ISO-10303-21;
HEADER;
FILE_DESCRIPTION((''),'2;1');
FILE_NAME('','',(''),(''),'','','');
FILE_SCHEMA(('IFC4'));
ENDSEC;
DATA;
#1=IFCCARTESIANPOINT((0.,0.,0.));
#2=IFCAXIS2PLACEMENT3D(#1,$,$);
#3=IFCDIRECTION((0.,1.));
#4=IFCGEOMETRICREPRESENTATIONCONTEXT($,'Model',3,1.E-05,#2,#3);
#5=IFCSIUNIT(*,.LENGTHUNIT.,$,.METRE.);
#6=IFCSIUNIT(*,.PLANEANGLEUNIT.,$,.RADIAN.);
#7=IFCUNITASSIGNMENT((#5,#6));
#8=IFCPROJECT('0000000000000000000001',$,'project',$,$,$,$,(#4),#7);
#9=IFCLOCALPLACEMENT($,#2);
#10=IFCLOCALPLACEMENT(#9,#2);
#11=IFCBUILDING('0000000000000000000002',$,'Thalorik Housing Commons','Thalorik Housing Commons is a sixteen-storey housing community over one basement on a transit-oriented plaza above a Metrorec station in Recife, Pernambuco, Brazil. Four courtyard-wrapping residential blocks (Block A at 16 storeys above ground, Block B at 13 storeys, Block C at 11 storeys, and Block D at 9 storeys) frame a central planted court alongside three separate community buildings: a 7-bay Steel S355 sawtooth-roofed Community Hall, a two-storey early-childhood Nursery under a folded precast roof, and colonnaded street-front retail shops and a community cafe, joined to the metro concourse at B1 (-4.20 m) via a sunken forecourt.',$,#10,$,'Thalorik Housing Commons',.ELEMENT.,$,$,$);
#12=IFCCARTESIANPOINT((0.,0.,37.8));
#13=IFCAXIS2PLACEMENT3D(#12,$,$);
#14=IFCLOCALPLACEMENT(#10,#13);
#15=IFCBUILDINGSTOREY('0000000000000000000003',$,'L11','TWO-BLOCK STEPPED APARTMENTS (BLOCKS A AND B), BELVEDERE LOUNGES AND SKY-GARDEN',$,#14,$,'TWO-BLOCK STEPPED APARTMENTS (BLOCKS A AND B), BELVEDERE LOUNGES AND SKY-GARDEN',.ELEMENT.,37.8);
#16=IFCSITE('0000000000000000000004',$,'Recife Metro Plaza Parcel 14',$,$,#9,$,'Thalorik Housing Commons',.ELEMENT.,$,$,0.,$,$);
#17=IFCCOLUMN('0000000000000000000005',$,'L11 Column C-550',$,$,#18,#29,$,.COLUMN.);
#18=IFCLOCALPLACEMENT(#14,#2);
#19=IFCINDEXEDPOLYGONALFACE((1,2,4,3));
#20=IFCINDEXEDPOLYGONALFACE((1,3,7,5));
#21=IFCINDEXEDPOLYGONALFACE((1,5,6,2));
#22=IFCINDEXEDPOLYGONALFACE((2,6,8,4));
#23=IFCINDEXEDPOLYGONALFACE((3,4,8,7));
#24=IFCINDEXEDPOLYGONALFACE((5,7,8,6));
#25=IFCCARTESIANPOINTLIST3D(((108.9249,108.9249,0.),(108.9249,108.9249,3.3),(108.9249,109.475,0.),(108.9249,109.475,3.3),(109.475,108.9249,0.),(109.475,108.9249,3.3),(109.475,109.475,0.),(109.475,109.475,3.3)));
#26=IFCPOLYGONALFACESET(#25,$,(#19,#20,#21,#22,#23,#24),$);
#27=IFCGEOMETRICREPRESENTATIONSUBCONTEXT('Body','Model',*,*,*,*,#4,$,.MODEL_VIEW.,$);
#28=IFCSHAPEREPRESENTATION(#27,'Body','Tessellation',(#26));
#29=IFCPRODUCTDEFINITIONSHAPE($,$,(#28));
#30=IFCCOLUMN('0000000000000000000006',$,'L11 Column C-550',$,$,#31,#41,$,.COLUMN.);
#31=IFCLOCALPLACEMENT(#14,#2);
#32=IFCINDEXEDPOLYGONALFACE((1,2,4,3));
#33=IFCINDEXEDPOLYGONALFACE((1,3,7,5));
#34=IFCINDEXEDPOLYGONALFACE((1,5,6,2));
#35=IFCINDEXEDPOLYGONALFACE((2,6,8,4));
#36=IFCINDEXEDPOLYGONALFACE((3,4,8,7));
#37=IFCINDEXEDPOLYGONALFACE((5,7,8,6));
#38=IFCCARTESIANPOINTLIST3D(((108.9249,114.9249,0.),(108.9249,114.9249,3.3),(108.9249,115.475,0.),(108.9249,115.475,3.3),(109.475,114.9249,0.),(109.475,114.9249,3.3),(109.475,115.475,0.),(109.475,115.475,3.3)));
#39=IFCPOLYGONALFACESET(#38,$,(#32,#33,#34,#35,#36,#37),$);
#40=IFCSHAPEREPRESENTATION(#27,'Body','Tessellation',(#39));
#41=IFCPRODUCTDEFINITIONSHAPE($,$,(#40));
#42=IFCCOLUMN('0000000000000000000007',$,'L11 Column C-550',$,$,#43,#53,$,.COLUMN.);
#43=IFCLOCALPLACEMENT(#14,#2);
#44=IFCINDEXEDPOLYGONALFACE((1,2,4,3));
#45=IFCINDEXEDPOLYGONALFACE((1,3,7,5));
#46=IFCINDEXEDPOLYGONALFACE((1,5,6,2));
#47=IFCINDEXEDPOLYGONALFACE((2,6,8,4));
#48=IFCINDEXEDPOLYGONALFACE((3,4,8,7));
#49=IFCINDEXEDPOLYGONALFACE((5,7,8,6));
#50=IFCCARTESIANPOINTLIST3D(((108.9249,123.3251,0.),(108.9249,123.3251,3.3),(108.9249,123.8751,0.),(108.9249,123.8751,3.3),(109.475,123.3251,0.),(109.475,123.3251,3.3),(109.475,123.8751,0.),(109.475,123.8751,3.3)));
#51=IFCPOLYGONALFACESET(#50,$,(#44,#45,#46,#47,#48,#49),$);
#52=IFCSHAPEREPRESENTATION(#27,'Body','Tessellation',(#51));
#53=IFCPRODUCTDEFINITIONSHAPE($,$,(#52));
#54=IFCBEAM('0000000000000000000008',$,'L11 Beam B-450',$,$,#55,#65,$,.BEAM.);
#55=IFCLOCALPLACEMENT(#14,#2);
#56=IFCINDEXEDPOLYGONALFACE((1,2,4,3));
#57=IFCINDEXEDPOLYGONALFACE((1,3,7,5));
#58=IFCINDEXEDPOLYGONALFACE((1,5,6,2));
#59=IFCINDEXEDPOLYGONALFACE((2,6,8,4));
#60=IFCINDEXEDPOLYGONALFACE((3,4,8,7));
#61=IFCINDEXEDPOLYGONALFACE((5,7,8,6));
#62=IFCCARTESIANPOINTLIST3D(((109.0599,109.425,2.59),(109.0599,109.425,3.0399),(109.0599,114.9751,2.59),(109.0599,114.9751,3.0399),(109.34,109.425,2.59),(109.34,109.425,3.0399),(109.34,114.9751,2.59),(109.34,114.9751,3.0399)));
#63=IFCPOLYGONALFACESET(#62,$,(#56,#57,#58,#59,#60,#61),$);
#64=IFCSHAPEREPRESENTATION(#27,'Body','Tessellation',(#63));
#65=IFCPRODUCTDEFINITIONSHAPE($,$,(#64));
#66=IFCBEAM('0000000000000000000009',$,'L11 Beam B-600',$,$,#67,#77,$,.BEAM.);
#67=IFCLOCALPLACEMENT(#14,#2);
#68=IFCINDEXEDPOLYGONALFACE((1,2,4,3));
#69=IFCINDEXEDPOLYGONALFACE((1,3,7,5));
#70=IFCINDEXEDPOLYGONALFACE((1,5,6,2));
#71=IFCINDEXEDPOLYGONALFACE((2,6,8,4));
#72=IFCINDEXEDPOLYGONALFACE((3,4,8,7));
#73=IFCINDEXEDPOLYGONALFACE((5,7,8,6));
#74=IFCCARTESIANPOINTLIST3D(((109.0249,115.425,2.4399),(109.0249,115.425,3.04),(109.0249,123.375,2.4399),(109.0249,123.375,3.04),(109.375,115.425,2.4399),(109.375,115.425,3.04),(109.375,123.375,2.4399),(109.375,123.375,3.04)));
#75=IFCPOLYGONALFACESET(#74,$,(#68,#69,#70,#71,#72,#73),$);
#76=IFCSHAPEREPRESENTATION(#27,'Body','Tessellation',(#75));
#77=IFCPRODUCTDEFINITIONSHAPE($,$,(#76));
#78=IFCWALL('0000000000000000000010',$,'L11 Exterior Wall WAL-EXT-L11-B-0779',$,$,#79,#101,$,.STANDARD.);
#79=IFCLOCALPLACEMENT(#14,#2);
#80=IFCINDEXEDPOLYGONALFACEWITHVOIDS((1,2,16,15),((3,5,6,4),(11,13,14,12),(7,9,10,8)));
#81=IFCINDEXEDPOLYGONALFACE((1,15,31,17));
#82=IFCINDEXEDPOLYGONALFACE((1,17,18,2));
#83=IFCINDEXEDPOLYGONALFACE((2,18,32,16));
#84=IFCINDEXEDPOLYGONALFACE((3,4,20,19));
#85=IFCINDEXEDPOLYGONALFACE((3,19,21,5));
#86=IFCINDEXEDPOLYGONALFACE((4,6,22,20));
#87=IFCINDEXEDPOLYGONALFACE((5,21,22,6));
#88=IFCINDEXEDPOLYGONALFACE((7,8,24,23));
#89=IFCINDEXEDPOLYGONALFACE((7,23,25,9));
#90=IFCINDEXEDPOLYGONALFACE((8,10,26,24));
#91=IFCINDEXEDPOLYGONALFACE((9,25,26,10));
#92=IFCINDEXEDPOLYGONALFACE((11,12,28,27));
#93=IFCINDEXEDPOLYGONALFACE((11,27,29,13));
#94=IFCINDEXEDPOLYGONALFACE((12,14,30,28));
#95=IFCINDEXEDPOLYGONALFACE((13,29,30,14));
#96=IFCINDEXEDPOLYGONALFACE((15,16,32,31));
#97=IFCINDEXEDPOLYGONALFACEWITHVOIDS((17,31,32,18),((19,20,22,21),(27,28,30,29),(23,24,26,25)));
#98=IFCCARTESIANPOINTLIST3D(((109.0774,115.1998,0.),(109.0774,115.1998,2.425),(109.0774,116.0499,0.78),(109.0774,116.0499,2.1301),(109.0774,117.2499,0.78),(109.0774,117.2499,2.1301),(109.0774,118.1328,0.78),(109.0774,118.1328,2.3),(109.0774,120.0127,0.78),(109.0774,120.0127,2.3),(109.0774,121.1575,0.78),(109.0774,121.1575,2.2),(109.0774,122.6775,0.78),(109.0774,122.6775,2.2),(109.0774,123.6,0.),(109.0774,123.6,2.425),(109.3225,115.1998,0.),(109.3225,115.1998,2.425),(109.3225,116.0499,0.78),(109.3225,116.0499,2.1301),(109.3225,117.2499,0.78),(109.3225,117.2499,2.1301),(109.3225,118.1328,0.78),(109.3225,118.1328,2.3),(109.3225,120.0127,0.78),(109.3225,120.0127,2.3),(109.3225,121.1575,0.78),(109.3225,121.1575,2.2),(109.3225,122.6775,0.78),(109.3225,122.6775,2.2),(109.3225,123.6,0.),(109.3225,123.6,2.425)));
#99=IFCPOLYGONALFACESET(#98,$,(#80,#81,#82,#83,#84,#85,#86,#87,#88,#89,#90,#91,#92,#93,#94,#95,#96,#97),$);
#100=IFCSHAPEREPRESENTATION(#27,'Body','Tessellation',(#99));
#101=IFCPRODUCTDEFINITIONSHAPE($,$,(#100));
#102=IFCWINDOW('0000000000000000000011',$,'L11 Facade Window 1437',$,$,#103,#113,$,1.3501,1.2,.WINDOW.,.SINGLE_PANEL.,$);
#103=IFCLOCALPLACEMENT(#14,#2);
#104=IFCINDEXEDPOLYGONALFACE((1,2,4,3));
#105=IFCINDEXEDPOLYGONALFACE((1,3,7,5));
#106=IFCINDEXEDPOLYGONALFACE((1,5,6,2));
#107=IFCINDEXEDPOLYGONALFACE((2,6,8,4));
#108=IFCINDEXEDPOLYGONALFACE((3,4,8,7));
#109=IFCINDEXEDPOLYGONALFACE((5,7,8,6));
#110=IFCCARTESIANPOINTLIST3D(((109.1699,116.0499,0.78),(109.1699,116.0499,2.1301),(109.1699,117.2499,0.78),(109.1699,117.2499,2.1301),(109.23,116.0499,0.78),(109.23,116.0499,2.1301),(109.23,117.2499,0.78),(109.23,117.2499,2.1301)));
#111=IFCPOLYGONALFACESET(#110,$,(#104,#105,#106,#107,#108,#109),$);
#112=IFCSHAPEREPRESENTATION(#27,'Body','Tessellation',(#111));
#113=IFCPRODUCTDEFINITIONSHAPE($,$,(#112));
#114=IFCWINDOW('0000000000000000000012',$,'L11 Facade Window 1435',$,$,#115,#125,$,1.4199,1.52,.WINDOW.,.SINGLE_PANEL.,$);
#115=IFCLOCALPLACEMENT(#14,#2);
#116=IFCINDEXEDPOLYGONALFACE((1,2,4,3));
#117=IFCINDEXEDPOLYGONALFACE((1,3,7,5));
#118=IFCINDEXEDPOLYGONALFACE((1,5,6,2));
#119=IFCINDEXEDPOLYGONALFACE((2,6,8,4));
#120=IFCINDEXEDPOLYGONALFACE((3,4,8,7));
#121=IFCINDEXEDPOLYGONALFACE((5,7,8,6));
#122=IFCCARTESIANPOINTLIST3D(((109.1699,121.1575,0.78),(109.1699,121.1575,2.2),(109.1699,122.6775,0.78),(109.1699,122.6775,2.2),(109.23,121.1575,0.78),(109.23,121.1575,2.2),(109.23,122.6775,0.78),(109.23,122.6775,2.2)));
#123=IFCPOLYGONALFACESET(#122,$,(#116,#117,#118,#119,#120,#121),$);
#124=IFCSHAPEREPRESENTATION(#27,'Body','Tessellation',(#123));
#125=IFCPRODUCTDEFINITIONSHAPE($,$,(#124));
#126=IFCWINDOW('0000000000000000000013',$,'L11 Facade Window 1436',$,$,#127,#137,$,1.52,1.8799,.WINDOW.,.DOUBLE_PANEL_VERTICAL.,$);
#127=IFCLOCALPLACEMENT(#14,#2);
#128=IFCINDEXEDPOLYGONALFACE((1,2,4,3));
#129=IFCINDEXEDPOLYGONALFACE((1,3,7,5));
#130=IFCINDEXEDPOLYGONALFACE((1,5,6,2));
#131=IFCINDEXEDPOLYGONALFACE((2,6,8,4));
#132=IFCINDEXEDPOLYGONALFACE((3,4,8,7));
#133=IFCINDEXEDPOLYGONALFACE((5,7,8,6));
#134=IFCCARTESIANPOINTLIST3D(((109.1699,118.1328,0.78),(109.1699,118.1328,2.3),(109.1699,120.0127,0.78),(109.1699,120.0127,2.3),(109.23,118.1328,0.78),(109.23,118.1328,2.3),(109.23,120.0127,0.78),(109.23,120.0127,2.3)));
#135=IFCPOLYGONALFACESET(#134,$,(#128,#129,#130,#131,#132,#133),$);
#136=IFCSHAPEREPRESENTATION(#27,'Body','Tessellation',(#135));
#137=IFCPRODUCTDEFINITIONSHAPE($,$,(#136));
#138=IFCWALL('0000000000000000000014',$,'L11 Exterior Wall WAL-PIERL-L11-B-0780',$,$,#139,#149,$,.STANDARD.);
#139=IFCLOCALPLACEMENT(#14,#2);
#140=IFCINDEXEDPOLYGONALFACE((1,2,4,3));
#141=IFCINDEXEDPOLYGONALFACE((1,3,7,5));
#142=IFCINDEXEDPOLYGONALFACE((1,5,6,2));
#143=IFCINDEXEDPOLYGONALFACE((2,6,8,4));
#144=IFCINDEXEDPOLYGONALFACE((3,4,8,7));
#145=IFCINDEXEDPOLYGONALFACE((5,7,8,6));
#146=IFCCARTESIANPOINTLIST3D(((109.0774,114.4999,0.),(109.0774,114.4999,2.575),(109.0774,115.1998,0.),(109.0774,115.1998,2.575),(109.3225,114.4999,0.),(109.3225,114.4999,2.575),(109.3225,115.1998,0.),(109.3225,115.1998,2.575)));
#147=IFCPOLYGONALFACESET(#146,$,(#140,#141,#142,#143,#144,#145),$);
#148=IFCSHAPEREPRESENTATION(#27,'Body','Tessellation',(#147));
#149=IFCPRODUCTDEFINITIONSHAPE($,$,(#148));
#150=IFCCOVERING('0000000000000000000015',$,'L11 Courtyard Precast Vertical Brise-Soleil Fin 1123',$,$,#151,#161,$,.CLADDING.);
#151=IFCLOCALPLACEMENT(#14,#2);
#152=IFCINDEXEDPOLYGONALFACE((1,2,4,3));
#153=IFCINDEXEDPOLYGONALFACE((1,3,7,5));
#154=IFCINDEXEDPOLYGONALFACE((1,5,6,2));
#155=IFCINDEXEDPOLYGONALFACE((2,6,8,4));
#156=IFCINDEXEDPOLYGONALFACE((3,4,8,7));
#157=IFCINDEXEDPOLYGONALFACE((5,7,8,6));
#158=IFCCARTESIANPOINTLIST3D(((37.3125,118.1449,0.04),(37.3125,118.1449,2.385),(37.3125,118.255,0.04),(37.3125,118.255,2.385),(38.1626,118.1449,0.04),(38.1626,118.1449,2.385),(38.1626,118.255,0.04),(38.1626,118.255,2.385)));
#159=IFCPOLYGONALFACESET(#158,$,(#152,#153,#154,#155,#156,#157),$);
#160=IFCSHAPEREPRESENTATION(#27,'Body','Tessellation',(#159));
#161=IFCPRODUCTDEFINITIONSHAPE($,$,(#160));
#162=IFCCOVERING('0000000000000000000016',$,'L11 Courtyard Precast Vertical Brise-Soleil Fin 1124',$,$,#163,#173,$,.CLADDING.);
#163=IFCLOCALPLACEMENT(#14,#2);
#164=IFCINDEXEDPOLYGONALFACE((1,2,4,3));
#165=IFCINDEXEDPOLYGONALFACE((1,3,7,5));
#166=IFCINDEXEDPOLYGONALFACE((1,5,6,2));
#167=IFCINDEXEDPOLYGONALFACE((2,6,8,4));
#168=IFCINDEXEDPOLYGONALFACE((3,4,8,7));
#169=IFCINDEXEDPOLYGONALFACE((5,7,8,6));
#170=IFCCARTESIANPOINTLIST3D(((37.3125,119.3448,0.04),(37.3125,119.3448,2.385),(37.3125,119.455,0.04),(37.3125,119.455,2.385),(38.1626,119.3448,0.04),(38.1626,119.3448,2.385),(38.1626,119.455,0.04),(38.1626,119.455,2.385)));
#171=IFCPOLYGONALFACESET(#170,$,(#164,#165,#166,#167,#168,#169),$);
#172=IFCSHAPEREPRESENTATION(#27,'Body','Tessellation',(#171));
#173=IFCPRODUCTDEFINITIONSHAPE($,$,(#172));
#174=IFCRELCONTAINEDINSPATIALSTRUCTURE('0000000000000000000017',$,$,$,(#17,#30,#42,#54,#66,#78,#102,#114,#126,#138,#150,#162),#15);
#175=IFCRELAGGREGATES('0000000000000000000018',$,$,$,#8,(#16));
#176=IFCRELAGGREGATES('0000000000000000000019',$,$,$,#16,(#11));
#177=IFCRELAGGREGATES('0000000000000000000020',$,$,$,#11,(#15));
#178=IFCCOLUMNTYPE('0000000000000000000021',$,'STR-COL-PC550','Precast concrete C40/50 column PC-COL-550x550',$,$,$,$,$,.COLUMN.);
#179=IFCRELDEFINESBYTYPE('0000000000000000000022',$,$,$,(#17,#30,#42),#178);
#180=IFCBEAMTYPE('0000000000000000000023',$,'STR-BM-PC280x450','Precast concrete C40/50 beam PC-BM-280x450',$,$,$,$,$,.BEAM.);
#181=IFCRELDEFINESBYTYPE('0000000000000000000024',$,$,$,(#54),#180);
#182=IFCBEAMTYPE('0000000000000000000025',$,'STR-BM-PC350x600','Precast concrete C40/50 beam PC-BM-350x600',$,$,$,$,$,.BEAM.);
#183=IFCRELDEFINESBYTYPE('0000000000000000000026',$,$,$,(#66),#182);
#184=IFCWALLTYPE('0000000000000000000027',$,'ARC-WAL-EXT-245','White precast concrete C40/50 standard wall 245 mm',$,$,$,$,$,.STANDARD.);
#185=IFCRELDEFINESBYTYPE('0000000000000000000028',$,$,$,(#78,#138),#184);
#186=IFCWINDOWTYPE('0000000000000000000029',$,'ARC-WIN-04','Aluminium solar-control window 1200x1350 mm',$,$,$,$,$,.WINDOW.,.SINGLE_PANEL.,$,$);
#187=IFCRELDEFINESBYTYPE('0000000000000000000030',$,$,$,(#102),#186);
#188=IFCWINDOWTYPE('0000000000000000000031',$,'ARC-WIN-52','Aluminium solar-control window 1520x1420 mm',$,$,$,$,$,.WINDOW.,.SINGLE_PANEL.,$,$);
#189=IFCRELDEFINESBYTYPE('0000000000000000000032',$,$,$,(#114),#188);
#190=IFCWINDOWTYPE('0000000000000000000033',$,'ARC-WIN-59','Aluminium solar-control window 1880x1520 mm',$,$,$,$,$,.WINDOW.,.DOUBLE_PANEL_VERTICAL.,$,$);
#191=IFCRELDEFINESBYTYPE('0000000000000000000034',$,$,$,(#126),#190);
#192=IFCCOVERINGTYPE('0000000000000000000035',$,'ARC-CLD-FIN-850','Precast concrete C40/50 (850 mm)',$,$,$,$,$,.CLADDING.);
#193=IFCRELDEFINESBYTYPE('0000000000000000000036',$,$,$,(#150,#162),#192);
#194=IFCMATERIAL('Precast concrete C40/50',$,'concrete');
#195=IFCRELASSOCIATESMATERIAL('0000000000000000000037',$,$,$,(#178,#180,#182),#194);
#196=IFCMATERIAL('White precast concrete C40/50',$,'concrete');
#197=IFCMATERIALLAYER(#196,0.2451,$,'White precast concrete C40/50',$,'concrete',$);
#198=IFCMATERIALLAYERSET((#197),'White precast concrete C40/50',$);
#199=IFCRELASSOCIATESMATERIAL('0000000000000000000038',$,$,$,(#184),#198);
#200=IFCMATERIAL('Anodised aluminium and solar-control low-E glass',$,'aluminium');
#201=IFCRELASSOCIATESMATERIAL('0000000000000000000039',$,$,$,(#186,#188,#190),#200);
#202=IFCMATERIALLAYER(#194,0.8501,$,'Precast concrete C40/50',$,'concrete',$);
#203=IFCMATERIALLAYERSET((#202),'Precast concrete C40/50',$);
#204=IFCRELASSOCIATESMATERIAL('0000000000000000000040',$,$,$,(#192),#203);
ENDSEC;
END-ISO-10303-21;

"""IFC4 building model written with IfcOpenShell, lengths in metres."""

from ifc_helpers import new_model, si_unit, direction, frame, frame_2d, origin, origin_2d, place, context, subcontext, project, spatial, rectangle, extrude, material, layer, layer_set, material_profile, profile_set, type_object, element, fill, save


model = new_model("IFC4")

# Units and contexts
model_context = context("Model", 3, precision=1e-05, world=origin(), true_north=direction((0.0, 1.0)))
body_context = subcontext(model_context, "Body", "Model", "MODEL_VIEW")
ifc_project = project(units=[si_unit("LENGTHUNIT", "METRE"), si_unit("PLANEANGLEUNIT", "RADIAN")], contexts=[model_context])

# Site, building, storey
site_placement = place(None, origin())
site = spatial("IfcSite", under=ifc_project, at=site_placement, Name="Recife Metro Plaza Parcel 14", LongName="Thalorik Housing Commons", CompositionType="ELEMENT", RefElevation=0.0)
building_placement = place(site_placement, origin())
building = spatial("IfcBuilding", under=site, at=building_placement, Name="Thalorik Housing Commons", Description="Thalorik Housing Commons is a sixteen-storey housing community over one basement on a transit-oriented plaza above a Metrorec station in Recife, Pernambuco, Brazil. Four courtyard-wrapping residential blocks (Block A at 16 storeys above ground, Block B at 13 storeys, Block C at 11 storeys, and Block D at 9 storeys) frame a central planted court alongside three separate community buildings: a 7-bay Steel S355 sawtooth-roofed Community Hall, a two-storey early-childhood Nursery under a folded precast roof, and colonnaded street-front retail shops and a community cafe, joined to the metro concourse at B1 (-4.20 m) via a sunken forecourt.", LongName="Thalorik Housing Commons", CompositionType="ELEMENT")
storey_placement = place(building_placement, frame((0.0, 0.0, 37.8)))
storey = spatial("IfcBuildingStorey", under=building, at=storey_placement, Name="L11", Description="TWO-BLOCK STEPPED APARTMENTS (BLOCKS A AND B), BELVEDERE LOUNGES AND SKY-GARDEN", LongName="TWO-BLOCK STEPPED APARTMENTS (BLOCKS A AND B), BELVEDERE LOUNGES AND SKY-GARDEN", CompositionType="ELEMENT", Elevation=37.8)

# Columns
ifc_material_1 = material(Name="Precast concrete C40/50", Category="concrete")
ifc_material_profile_1 = material_profile(ifc_material_1, rectangle(XDim=0.55, YDim=0.55, at=origin_2d()), Name="PC 550x550", Category="concrete")
ifc_profile_set_1 = profile_set([ifc_material_profile_1], Name="Precast concrete C40/50")
column_type = type_object("IfcColumnType", Name="STR-COL-PC550", Description="Precast concrete C40/50 column PC-COL-550x550", PredefinedType="COLUMN", material=ifc_profile_set_1)
for number, where, z_axis, x_axis, name in (
    (1, (109.2, 109.2, 0.0), (0.0, 0.0, 1.0), (1.0, 0.0, 0.0), "L11 Column C-550"),
    (2, (109.2, 115.2, 0.0), (0.0, 0.0, 1.0), (1.0, 0.0, 0.0), "L11 Column C-550"),
    (3, (109.2, 123.6001, 0.0), (0.0, 0.0, 1.0), (1.0, 0.0, 0.0), "L11 Column C-550"),
):
    element("IfcColumn", number, at=place(storey_placement, frame(where, z_axis=z_axis, x_axis=x_axis)), inside=storey, type_object=column_type, Name=name, PredefinedType="COLUMN", context=body_context, shape_type="SweptSolid", body=[
        extrude(rectangle(XDim=0.55, YDim=0.55, at=origin_2d()), origin(), (0.0, 0.0, 1.0), 3.3),
    ])

# Beams
ifc_material_profile_2 = material_profile(ifc_material_1, rectangle(XDim=0.28, YDim=0.45, at=origin_2d()), Name="PC 280x450", Category="concrete")
ifc_profile_set_2 = profile_set([ifc_material_profile_2], Name="Precast concrete C40/50")
beam_type_1 = type_object("IfcBeamType", Name="STR-BM-PC280x450", Description="Precast concrete C40/50 beam PC-BM-280x450", PredefinedType="BEAM", material=ifc_profile_set_2)
beam_1_placement = place(storey_placement, frame((109.2, 109.425, 2.8149), z_axis=(0.0, 1.0, 0.0), x_axis=(-1.0, 0.0, 0.0)))
element("IfcBeam", 4, at=beam_1_placement, inside=storey, type_object=beam_type_1, Name="L11 Beam B-450", PredefinedType="BEAM", context=body_context, shape_type="SweptSolid", body=[
    extrude(rectangle(XDim=0.28, YDim=0.45, at=origin_2d()), origin(), (0.0, 0.0, 1.0), 5.55),
])
ifc_material_profile_3 = material_profile(ifc_material_1, rectangle(XDim=0.3501, YDim=0.6001, at=origin_2d()), Name="PC 350x600", Category="concrete")
ifc_profile_set_3 = profile_set([ifc_material_profile_3], Name="Precast concrete C40/50")
beam_type_2 = type_object("IfcBeamType", Name="STR-BM-PC350x600", Description="Precast concrete C40/50 beam PC-BM-350x600", PredefinedType="BEAM", material=ifc_profile_set_3)
beam_2_placement = place(storey_placement, frame((109.2, 115.425, 2.74), z_axis=(0.0, 1.0, 0.0), x_axis=(-1.0, 0.0, 0.0)))
element("IfcBeam", 5, at=beam_2_placement, inside=storey, type_object=beam_type_2, Name="L11 Beam B-600", PredefinedType="BEAM", context=body_context, shape_type="SweptSolid", body=[
    extrude(rectangle(XDim=0.3501, YDim=0.6001, at=origin_2d()), origin(), (0.0, 0.0, 1.0), 7.95),
])

# Wall, openings, windows
ifc_material_2 = material(Name="White precast concrete C40/50", Category="concrete")
ifc_layer_1 = layer(ifc_material_2, 0.2451, Name="White precast concrete C40/50", Category="concrete")
ifc_layer_set_1 = layer_set([ifc_layer_1], Name="White precast concrete C40/50")
wall_type = type_object("IfcWallType", Name="ARC-WAL-EXT-245", Description="White precast concrete C40/50 standard wall 245 mm", PredefinedType="STANDARD", material=ifc_layer_set_1)
wall_1_placement = place(storey_placement, frame((109.2, 123.6001, 0.0), z_axis=(0.0, 0.0, 1.0), x_axis=(0.0, -1.0, 0.0)))
wall_1 = element("IfcWall", 6, at=wall_1_placement, inside=storey, type_object=wall_type, Name="L11 Exterior Wall WAL-EXT-L11-B-0779", PredefinedType="STANDARD", context=body_context, shape_type="SweptSolid", body=[
    extrude(rectangle(XDim=8.4001, YDim=0.2451, at=frame_2d((4.2002, 0.0))), origin(), (0.0, 0.0, 1.0), 2.425),
])
opening_1_placement = place(wall_1_placement, frame((0.9226, 0.0, 0.78)))
opening_1 = element("IfcOpeningElement", 7, at=opening_1_placement, cuts=wall_1, PredefinedType="OPENING", context=body_context, shape_type="SweptSolid", body=[
    extrude(rectangle(XDim=1.52, YDim=1.4199, at=frame_2d((0.76, 0.71))), frame((0.0, 0.1326, 0.0), z_axis=(0.0, -1.0, 0.0), x_axis=(1.0, 0.0, 0.0)), (0.0, 0.0, 1.0), 0.2651),
])
opening_2_placement = place(wall_1_placement, frame((3.5874, 0.0, 0.78)))
opening_2 = element("IfcOpeningElement", 8, at=opening_2_placement, cuts=wall_1, PredefinedType="OPENING", context=body_context, shape_type="SweptSolid", body=[
    extrude(rectangle(XDim=1.8799, YDim=1.52, at=frame_2d((0.9399, 0.76))), frame((0.0, 0.1326, 0.0), z_axis=(0.0, -1.0, 0.0), x_axis=(1.0, 0.0, 0.0)), (0.0, 0.0, 1.0), 0.2651),
])
opening_3_placement = place(wall_1_placement, frame((6.3501, 0.0, 0.78)))
opening_3 = element("IfcOpeningElement", 9, at=opening_3_placement, cuts=wall_1, PredefinedType="OPENING", context=body_context, shape_type="SweptSolid", body=[
    extrude(rectangle(XDim=1.2, YDim=1.3501, at=frame_2d((0.6001, 0.675))), frame((0.0, 0.1326, 0.0), z_axis=(0.0, -1.0, 0.0), x_axis=(1.0, 0.0, 0.0)), (0.0, 0.0, 1.0), 0.2651),
])
ifc_material_3 = material(Name="Anodised aluminium and solar-control low-E glass", Category="aluminium")
window_type_1 = type_object("IfcWindowType", Name="ARC-WIN-04", Description="Aluminium solar-control window 1200x1350 mm", PartitioningType="SINGLE_PANEL", PredefinedType="WINDOW", material=ifc_material_3)
window_1_placement = place(opening_3_placement, origin())
window_1 = element("IfcWindow", 10, at=window_1_placement, inside=storey, type_object=window_type_1, Name="L11 Facade Window 1437", OverallHeight=1.3501, OverallWidth=1.2, PartitioningType="SINGLE_PANEL", PredefinedType="WINDOW", context=body_context, shape_type="SweptSolid", body=[
    extrude(rectangle(XDim=1.2, YDim=1.3501, at=frame_2d((0.6001, 0.675))), frame((0.0, 0.03, 0.0), z_axis=(0.0, -1.0, 0.0), x_axis=(1.0, 0.0, 0.0)), (0.0, 0.0, 1.0), 0.0601),
])
fill(opening_3, window_1)
window_type_2 = type_object("IfcWindowType", Name="ARC-WIN-52", Description="Aluminium solar-control window 1520x1420 mm", PartitioningType="SINGLE_PANEL", PredefinedType="WINDOW", material=ifc_material_3)
window_2_placement = place(opening_1_placement, origin())
window_2 = element("IfcWindow", 11, at=window_2_placement, inside=storey, type_object=window_type_2, Name="L11 Facade Window 1435", OverallHeight=1.4199, OverallWidth=1.52, PartitioningType="SINGLE_PANEL", PredefinedType="WINDOW", context=body_context, shape_type="SweptSolid", body=[
    extrude(rectangle(XDim=1.52, YDim=1.4199, at=frame_2d((0.76, 0.71))), frame((0.0, 0.03, 0.0), z_axis=(0.0, -1.0, 0.0), x_axis=(1.0, 0.0, 0.0)), (0.0, 0.0, 1.0), 0.0601),
])
fill(opening_1, window_2)
window_type_3 = type_object("IfcWindowType", Name="ARC-WIN-59", Description="Aluminium solar-control window 1880x1520 mm", PartitioningType="DOUBLE_PANEL_VERTICAL", PredefinedType="WINDOW", material=ifc_material_3)
window_3_placement = place(opening_2_placement, origin())
window_3 = element("IfcWindow", 12, at=window_3_placement, inside=storey, type_object=window_type_3, Name="L11 Facade Window 1436", OverallHeight=1.52, OverallWidth=1.8799, PartitioningType="DOUBLE_PANEL_VERTICAL", PredefinedType="WINDOW", context=body_context, shape_type="SweptSolid", body=[
    extrude(rectangle(XDim=1.8799, YDim=1.52, at=frame_2d((0.9399, 0.76))), frame((0.0, 0.03, 0.0), z_axis=(0.0, -1.0, 0.0), x_axis=(1.0, 0.0, 0.0)), (0.0, 0.0, 1.0), 0.0601),
])
fill(opening_2, window_3)

# Wall
wall_2_placement = place(storey_placement, frame((109.2, 115.2, 0.0), z_axis=(0.0, 0.0, 1.0), x_axis=(0.0, -1.0, 0.0)))
element("IfcWall", 13, at=wall_2_placement, inside=storey, type_object=wall_type, Name="L11 Exterior Wall WAL-PIERL-L11-B-0780", PredefinedType="STANDARD", context=body_context, shape_type="SweptSolid", body=[
    extrude(rectangle(XDim=0.7, YDim=0.2451, at=frame_2d((0.3501, 0.0))), origin(), (0.0, 0.0, 1.0), 2.575),
])

# Coverings
ifc_layer_2 = layer(ifc_material_1, 0.8501, Name="Precast concrete C40/50", Category="concrete")
ifc_layer_set_2 = layer_set([ifc_layer_2], Name="Precast concrete C40/50")
covering_type_1 = type_object("IfcCoveringType", Name="ARC-CLD-FIN-850", Description="Precast concrete C40/50 (850 mm)", PredefinedType="CLADDING", material=ifc_layer_set_2)
for number, where, z_axis, x_axis, name in (
    (14, (37.7375, 118.2, 0.04), (0.0, 0.0, 1.0), (0.0, 1.0, 0.0), "L11 Courtyard Precast Vertical Brise-Soleil Fin 1123"),
    (15, (37.7375, 119.3999, 0.04), (0.0, 0.0, 1.0), (0.0, 1.0, 0.0), "L11 Courtyard Precast Vertical Brise-Soleil Fin 1124"),
):
    element("IfcCovering", number, at=place(storey_placement, frame(where, z_axis=z_axis, x_axis=x_axis)), inside=storey, type_object=covering_type_1, Name=name, PredefinedType="CLADDING", context=body_context, shape_type="SweptSolid", body=[
        extrude(rectangle(XDim=0.1101, YDim=0.8501, at=origin_2d()), origin(), (0.0, 0.0, 1.0), 2.345),
    ])

save(model, "model.ifc")
